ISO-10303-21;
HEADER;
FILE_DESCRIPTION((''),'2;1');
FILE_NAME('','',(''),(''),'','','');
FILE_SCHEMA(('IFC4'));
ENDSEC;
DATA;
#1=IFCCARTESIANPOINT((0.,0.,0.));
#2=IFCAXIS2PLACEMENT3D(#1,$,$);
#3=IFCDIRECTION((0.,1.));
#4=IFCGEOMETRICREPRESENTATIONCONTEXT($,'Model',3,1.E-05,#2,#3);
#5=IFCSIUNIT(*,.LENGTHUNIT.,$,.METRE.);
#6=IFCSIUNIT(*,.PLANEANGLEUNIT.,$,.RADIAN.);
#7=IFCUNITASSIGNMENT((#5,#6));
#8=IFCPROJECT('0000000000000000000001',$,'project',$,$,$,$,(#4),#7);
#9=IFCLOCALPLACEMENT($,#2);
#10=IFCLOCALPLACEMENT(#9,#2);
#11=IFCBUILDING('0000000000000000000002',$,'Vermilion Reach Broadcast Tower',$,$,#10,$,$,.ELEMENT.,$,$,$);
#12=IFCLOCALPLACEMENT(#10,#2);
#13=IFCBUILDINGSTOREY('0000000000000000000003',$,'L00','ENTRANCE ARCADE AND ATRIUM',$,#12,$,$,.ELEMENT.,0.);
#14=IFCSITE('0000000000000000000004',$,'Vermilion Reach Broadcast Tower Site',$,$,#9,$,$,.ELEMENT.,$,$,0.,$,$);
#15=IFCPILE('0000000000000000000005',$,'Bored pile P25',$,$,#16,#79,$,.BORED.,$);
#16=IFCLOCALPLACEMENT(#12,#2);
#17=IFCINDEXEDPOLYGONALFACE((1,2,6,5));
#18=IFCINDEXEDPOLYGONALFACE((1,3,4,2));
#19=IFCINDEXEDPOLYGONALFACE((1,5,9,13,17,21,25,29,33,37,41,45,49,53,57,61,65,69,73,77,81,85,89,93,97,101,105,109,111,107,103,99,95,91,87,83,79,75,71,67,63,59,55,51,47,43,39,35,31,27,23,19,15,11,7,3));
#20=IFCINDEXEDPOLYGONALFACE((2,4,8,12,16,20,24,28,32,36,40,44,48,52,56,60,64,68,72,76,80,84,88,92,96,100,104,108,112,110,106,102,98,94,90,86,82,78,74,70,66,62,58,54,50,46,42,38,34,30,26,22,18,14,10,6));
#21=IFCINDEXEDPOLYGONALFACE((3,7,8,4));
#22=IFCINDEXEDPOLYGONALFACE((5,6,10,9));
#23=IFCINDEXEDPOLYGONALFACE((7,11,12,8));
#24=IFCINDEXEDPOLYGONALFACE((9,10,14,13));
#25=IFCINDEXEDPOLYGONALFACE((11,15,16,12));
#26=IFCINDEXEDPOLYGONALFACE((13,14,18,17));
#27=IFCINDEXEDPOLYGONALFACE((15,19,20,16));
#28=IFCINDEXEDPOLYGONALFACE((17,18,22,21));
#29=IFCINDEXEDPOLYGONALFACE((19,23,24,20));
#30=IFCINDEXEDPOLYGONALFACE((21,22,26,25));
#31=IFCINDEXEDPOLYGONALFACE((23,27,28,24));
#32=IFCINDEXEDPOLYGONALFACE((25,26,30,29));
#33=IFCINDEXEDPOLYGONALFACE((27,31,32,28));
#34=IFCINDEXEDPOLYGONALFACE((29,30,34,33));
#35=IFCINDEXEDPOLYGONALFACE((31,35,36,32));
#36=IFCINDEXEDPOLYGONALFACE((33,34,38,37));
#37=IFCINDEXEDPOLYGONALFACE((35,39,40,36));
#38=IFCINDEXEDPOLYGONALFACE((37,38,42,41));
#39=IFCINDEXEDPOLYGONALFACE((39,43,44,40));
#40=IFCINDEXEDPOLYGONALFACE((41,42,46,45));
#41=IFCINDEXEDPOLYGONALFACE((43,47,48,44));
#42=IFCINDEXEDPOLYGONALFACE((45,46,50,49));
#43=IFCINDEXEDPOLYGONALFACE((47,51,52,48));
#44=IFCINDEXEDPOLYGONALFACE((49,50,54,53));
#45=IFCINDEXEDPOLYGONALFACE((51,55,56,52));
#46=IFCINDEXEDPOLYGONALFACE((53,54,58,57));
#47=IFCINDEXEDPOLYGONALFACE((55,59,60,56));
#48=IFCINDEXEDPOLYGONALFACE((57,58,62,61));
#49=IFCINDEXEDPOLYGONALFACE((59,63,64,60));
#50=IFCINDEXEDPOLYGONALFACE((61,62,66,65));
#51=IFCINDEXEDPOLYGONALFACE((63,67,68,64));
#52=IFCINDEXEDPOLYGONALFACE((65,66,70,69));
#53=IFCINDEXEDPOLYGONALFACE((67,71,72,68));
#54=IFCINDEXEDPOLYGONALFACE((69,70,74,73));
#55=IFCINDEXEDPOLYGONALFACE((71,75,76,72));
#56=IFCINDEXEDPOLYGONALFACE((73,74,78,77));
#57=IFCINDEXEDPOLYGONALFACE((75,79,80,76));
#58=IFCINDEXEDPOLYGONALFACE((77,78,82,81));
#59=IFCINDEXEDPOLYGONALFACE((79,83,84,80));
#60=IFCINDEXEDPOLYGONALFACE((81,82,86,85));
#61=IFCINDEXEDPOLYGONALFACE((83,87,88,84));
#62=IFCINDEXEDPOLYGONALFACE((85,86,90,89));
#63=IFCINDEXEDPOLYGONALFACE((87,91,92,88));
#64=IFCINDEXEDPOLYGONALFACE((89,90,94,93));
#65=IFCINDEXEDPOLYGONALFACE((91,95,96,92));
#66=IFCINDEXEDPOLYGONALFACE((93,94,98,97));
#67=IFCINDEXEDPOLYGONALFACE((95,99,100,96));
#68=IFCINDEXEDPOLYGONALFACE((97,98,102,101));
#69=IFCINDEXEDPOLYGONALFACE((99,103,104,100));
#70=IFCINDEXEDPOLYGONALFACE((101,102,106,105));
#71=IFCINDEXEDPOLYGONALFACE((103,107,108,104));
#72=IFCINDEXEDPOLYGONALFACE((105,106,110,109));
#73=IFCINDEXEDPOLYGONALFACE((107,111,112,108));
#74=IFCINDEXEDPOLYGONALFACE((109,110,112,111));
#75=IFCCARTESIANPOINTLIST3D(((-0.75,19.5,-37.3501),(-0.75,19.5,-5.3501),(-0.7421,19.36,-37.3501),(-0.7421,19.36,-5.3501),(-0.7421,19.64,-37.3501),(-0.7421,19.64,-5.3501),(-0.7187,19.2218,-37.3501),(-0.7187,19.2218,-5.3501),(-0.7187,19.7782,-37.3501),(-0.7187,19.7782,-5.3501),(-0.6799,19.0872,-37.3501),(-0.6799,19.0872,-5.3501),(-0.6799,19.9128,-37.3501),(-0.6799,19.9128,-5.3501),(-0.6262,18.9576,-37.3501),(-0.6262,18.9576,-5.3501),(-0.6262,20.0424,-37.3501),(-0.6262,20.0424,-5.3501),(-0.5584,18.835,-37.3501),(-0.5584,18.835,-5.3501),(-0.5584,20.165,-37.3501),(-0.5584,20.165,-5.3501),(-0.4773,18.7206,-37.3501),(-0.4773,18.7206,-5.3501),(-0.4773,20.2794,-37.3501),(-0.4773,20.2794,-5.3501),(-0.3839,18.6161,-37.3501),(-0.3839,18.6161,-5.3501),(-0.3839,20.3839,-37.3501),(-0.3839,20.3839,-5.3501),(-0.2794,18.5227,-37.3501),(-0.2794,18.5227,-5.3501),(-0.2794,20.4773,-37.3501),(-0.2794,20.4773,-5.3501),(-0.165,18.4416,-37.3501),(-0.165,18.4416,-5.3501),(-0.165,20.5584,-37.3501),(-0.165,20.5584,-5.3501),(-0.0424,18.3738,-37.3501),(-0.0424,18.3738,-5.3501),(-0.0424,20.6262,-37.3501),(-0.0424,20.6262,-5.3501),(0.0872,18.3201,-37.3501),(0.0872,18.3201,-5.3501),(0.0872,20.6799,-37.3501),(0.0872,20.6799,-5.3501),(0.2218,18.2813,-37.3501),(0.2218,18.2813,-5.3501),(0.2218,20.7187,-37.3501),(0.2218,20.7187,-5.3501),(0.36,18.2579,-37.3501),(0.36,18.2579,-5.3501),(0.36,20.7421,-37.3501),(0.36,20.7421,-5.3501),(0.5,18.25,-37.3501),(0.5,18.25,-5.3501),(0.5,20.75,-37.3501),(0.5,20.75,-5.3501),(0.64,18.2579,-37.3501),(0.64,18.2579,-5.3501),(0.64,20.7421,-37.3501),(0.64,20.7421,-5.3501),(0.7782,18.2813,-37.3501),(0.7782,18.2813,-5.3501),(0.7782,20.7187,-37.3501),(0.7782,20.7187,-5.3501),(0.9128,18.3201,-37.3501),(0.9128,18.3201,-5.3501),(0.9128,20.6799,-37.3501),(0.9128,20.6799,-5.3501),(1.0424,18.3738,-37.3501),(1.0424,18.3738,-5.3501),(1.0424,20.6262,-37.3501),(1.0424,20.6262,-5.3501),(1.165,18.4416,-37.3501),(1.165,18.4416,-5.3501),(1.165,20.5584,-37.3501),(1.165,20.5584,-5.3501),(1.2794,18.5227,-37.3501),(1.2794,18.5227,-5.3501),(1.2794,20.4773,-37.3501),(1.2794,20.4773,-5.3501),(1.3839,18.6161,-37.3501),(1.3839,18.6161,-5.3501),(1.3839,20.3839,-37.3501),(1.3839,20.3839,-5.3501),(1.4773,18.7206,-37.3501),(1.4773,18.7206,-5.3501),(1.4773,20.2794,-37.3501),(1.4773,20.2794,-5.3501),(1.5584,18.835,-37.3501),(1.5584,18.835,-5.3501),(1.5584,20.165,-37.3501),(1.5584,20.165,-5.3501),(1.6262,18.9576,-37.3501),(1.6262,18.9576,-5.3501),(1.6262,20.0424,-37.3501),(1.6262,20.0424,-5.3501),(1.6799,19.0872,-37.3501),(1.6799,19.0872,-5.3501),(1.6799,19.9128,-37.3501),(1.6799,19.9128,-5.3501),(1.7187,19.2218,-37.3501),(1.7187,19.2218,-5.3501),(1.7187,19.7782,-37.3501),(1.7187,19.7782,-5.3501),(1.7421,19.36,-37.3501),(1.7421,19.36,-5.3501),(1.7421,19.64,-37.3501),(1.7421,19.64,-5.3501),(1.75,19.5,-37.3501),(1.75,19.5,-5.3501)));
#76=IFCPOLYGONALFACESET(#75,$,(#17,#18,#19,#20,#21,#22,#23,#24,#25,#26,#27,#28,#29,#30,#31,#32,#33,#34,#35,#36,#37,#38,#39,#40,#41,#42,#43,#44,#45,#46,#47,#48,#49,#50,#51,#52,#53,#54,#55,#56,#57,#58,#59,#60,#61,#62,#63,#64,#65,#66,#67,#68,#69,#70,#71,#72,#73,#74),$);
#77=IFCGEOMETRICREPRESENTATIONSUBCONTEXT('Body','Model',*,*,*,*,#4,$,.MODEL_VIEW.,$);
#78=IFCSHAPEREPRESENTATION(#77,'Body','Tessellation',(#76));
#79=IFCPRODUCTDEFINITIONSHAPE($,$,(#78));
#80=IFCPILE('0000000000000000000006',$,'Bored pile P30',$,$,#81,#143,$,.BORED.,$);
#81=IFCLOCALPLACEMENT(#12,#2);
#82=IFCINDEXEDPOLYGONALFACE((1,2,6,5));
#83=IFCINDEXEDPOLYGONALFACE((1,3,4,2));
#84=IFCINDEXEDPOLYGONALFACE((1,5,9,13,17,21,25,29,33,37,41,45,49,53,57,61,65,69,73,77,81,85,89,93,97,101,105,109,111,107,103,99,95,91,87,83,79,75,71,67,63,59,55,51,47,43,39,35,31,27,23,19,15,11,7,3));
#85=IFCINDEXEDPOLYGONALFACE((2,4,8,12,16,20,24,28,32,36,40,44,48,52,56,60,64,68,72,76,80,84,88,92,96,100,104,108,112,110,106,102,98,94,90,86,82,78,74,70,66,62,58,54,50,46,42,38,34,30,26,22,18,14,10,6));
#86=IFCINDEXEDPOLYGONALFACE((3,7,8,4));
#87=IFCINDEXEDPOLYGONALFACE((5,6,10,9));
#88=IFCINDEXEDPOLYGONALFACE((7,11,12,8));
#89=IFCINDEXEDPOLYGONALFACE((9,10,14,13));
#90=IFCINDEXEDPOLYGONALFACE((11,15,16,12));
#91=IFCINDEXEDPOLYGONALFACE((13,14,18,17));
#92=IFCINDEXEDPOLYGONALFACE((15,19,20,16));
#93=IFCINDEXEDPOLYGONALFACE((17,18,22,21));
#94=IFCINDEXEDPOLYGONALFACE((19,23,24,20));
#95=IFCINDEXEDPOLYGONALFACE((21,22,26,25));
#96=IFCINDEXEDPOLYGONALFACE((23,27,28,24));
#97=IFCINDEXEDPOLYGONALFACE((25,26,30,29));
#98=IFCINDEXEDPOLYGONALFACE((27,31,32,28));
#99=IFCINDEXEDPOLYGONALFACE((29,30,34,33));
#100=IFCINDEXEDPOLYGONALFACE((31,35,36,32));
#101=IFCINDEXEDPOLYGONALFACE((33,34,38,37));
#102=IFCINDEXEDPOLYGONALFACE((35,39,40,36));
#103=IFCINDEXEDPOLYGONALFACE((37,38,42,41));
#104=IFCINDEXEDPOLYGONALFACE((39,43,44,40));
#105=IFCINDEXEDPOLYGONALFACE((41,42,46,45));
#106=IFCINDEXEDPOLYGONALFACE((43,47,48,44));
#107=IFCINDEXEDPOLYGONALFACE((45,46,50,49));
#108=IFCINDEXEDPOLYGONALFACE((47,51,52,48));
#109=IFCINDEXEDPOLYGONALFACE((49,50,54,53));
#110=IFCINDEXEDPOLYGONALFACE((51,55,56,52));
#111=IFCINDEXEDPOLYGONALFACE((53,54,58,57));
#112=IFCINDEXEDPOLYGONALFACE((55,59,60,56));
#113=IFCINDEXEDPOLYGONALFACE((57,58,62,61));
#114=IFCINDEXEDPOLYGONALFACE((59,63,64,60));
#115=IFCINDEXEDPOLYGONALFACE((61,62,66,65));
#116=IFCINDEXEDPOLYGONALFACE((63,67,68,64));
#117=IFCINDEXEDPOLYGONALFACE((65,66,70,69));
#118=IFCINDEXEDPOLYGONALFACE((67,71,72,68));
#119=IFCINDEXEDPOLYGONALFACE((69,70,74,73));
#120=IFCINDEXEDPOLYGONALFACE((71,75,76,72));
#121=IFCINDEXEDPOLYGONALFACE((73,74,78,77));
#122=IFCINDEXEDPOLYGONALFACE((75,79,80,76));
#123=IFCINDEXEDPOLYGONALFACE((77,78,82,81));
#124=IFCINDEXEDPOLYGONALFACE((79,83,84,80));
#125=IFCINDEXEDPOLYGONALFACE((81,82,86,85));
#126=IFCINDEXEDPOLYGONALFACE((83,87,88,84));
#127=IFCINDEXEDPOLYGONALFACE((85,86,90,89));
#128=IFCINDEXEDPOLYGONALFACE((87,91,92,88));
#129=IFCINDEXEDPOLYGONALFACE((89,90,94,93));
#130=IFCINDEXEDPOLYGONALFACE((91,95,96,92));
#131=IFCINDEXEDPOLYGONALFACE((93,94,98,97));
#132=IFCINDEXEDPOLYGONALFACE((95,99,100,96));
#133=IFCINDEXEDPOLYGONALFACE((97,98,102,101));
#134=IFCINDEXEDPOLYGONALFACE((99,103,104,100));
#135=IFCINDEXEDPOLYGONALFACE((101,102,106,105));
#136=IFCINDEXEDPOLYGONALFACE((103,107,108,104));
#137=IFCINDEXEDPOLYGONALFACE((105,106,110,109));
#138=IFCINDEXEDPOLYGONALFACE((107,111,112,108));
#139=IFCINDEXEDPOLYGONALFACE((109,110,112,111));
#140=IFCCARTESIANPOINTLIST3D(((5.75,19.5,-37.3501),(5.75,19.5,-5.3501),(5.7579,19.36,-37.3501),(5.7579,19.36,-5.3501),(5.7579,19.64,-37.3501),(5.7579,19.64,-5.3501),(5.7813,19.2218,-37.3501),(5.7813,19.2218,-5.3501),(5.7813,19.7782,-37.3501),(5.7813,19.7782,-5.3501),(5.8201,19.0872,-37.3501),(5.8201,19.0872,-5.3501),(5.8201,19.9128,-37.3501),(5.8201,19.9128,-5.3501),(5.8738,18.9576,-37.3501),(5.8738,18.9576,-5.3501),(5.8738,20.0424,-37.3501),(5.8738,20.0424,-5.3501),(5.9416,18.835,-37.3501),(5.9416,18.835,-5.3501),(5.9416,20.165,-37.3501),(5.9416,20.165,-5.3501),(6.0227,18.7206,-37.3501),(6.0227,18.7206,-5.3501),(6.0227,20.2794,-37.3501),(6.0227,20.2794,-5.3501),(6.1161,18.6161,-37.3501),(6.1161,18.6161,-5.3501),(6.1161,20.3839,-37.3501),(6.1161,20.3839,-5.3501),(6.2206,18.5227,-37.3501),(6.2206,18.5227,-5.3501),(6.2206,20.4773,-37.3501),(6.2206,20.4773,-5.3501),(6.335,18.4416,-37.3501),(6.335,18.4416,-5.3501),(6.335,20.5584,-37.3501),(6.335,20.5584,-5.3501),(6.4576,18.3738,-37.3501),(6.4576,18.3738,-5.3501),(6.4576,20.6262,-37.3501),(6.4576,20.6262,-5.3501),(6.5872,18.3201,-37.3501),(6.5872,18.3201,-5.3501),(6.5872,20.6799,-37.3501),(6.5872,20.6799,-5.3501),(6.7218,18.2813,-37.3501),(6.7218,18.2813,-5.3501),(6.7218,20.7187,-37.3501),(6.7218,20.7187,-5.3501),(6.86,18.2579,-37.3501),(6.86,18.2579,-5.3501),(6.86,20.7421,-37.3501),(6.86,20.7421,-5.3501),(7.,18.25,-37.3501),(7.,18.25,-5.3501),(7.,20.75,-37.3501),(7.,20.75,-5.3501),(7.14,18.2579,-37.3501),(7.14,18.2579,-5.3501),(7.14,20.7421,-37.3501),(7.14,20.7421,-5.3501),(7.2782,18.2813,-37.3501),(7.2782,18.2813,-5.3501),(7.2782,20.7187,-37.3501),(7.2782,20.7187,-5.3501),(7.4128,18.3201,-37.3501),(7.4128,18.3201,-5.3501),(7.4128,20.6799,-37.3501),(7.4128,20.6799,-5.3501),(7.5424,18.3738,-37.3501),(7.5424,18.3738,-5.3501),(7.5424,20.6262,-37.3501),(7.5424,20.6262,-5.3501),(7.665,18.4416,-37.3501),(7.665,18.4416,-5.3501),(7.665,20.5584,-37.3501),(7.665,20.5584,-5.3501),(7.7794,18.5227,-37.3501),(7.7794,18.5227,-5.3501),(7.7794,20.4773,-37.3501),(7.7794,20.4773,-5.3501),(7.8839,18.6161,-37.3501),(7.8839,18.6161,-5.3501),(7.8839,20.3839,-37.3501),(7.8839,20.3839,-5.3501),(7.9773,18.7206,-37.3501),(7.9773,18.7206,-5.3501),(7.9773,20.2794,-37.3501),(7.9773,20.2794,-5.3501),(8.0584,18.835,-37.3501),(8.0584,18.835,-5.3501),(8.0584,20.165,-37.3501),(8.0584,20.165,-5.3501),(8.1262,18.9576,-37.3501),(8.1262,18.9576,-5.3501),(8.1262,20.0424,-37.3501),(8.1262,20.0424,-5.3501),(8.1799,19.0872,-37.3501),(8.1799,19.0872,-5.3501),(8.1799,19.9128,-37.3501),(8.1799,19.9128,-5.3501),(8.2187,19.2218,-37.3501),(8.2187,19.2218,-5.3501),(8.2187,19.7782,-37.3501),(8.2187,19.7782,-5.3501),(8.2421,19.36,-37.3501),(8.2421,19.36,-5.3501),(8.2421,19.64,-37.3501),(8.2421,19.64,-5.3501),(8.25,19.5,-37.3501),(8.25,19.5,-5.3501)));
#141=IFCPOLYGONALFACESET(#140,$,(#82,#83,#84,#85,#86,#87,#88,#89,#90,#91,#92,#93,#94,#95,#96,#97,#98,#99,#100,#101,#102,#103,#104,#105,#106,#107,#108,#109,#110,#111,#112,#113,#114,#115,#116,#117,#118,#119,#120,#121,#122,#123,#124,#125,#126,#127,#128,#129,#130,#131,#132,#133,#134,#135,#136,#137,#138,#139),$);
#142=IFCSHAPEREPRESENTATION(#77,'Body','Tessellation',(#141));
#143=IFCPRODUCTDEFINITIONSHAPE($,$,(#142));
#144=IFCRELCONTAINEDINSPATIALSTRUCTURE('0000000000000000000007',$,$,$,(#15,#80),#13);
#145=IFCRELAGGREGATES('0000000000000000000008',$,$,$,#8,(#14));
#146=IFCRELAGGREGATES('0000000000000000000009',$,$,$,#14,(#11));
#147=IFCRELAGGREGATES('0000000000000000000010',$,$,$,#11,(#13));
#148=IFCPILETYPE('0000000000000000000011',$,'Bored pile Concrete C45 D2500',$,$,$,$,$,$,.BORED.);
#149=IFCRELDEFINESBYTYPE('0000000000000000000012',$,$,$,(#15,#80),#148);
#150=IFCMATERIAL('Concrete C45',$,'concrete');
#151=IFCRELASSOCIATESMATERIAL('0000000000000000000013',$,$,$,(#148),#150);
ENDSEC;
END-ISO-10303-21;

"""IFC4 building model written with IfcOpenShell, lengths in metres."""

from ifc_helpers import new_model, si_unit, direction, frame, origin, origin_2d, place, context, subcontext, project, spatial, circle, extrude, material, material_profile, profile_set, type_object, element, save


model = new_model("IFC4")

# Units and contexts
model_context = context("Model", 3, precision=1e-05, world=origin(), true_north=direction((0.0, 1.0)))
body_context = subcontext(model_context, "Body", "Model", "MODEL_VIEW")
ifc_project = project(units=[si_unit("LENGTHUNIT", "METRE"), si_unit("PLANEANGLEUNIT", "RADIAN")], contexts=[model_context])

# Site, building, storey
site_placement = place(None, origin())
site = spatial("IfcSite", under=ifc_project, at=site_placement, Name="Vermilion Reach Broadcast Tower Site", CompositionType="ELEMENT", RefElevation=0.0)
building_placement = place(site_placement, origin())
building = spatial("IfcBuilding", under=site, at=building_placement, Name="Vermilion Reach Broadcast Tower", CompositionType="ELEMENT")
storey_placement = place(building_placement, origin())
storey = spatial("IfcBuildingStorey", under=building, at=storey_placement, Name="L00", Description="ENTRANCE ARCADE AND ATRIUM", CompositionType="ELEMENT", Elevation=0.0)

# Piles
ifc_material_1 = material(Name="Concrete C45", Category="concrete")
ifc_material_profile_1 = material_profile(ifc_material_1, circle(Radius=1.25, at=origin_2d()), Name="Concrete C45 D2500")
ifc_profile_set_1 = profile_set([ifc_material_profile_1], Name="Concrete C45")
pile_type = type_object("IfcPileType", Name="Bored pile Concrete C45 D2500", PredefinedType="BORED", material=ifc_profile_set_1)
for number, where, z_axis, x_axis, name in (
    (1, (0.5, 19.5, -5.3501), (0.0, 0.0, -1.0), (1.0, 0.0, 0.0), "Bored pile P25"),
    (2, (7.0, 19.5, -5.3501), (0.0, 0.0, -1.0), (1.0, 0.0, 0.0), "Bored pile P30"),
):
    element("IfcPile", number, at=place(storey_placement, frame(where, z_axis=z_axis, x_axis=x_axis)), inside=storey, type_object=pile_type, Name=name, PredefinedType="BORED", context=body_context, shape_type="SweptSolid", body=[
        extrude(circle(Radius=1.25, at=origin_2d()), origin(), (0.0, 0.0, 1.0), 32.0),
    ])

save(model, "model.ifc")
